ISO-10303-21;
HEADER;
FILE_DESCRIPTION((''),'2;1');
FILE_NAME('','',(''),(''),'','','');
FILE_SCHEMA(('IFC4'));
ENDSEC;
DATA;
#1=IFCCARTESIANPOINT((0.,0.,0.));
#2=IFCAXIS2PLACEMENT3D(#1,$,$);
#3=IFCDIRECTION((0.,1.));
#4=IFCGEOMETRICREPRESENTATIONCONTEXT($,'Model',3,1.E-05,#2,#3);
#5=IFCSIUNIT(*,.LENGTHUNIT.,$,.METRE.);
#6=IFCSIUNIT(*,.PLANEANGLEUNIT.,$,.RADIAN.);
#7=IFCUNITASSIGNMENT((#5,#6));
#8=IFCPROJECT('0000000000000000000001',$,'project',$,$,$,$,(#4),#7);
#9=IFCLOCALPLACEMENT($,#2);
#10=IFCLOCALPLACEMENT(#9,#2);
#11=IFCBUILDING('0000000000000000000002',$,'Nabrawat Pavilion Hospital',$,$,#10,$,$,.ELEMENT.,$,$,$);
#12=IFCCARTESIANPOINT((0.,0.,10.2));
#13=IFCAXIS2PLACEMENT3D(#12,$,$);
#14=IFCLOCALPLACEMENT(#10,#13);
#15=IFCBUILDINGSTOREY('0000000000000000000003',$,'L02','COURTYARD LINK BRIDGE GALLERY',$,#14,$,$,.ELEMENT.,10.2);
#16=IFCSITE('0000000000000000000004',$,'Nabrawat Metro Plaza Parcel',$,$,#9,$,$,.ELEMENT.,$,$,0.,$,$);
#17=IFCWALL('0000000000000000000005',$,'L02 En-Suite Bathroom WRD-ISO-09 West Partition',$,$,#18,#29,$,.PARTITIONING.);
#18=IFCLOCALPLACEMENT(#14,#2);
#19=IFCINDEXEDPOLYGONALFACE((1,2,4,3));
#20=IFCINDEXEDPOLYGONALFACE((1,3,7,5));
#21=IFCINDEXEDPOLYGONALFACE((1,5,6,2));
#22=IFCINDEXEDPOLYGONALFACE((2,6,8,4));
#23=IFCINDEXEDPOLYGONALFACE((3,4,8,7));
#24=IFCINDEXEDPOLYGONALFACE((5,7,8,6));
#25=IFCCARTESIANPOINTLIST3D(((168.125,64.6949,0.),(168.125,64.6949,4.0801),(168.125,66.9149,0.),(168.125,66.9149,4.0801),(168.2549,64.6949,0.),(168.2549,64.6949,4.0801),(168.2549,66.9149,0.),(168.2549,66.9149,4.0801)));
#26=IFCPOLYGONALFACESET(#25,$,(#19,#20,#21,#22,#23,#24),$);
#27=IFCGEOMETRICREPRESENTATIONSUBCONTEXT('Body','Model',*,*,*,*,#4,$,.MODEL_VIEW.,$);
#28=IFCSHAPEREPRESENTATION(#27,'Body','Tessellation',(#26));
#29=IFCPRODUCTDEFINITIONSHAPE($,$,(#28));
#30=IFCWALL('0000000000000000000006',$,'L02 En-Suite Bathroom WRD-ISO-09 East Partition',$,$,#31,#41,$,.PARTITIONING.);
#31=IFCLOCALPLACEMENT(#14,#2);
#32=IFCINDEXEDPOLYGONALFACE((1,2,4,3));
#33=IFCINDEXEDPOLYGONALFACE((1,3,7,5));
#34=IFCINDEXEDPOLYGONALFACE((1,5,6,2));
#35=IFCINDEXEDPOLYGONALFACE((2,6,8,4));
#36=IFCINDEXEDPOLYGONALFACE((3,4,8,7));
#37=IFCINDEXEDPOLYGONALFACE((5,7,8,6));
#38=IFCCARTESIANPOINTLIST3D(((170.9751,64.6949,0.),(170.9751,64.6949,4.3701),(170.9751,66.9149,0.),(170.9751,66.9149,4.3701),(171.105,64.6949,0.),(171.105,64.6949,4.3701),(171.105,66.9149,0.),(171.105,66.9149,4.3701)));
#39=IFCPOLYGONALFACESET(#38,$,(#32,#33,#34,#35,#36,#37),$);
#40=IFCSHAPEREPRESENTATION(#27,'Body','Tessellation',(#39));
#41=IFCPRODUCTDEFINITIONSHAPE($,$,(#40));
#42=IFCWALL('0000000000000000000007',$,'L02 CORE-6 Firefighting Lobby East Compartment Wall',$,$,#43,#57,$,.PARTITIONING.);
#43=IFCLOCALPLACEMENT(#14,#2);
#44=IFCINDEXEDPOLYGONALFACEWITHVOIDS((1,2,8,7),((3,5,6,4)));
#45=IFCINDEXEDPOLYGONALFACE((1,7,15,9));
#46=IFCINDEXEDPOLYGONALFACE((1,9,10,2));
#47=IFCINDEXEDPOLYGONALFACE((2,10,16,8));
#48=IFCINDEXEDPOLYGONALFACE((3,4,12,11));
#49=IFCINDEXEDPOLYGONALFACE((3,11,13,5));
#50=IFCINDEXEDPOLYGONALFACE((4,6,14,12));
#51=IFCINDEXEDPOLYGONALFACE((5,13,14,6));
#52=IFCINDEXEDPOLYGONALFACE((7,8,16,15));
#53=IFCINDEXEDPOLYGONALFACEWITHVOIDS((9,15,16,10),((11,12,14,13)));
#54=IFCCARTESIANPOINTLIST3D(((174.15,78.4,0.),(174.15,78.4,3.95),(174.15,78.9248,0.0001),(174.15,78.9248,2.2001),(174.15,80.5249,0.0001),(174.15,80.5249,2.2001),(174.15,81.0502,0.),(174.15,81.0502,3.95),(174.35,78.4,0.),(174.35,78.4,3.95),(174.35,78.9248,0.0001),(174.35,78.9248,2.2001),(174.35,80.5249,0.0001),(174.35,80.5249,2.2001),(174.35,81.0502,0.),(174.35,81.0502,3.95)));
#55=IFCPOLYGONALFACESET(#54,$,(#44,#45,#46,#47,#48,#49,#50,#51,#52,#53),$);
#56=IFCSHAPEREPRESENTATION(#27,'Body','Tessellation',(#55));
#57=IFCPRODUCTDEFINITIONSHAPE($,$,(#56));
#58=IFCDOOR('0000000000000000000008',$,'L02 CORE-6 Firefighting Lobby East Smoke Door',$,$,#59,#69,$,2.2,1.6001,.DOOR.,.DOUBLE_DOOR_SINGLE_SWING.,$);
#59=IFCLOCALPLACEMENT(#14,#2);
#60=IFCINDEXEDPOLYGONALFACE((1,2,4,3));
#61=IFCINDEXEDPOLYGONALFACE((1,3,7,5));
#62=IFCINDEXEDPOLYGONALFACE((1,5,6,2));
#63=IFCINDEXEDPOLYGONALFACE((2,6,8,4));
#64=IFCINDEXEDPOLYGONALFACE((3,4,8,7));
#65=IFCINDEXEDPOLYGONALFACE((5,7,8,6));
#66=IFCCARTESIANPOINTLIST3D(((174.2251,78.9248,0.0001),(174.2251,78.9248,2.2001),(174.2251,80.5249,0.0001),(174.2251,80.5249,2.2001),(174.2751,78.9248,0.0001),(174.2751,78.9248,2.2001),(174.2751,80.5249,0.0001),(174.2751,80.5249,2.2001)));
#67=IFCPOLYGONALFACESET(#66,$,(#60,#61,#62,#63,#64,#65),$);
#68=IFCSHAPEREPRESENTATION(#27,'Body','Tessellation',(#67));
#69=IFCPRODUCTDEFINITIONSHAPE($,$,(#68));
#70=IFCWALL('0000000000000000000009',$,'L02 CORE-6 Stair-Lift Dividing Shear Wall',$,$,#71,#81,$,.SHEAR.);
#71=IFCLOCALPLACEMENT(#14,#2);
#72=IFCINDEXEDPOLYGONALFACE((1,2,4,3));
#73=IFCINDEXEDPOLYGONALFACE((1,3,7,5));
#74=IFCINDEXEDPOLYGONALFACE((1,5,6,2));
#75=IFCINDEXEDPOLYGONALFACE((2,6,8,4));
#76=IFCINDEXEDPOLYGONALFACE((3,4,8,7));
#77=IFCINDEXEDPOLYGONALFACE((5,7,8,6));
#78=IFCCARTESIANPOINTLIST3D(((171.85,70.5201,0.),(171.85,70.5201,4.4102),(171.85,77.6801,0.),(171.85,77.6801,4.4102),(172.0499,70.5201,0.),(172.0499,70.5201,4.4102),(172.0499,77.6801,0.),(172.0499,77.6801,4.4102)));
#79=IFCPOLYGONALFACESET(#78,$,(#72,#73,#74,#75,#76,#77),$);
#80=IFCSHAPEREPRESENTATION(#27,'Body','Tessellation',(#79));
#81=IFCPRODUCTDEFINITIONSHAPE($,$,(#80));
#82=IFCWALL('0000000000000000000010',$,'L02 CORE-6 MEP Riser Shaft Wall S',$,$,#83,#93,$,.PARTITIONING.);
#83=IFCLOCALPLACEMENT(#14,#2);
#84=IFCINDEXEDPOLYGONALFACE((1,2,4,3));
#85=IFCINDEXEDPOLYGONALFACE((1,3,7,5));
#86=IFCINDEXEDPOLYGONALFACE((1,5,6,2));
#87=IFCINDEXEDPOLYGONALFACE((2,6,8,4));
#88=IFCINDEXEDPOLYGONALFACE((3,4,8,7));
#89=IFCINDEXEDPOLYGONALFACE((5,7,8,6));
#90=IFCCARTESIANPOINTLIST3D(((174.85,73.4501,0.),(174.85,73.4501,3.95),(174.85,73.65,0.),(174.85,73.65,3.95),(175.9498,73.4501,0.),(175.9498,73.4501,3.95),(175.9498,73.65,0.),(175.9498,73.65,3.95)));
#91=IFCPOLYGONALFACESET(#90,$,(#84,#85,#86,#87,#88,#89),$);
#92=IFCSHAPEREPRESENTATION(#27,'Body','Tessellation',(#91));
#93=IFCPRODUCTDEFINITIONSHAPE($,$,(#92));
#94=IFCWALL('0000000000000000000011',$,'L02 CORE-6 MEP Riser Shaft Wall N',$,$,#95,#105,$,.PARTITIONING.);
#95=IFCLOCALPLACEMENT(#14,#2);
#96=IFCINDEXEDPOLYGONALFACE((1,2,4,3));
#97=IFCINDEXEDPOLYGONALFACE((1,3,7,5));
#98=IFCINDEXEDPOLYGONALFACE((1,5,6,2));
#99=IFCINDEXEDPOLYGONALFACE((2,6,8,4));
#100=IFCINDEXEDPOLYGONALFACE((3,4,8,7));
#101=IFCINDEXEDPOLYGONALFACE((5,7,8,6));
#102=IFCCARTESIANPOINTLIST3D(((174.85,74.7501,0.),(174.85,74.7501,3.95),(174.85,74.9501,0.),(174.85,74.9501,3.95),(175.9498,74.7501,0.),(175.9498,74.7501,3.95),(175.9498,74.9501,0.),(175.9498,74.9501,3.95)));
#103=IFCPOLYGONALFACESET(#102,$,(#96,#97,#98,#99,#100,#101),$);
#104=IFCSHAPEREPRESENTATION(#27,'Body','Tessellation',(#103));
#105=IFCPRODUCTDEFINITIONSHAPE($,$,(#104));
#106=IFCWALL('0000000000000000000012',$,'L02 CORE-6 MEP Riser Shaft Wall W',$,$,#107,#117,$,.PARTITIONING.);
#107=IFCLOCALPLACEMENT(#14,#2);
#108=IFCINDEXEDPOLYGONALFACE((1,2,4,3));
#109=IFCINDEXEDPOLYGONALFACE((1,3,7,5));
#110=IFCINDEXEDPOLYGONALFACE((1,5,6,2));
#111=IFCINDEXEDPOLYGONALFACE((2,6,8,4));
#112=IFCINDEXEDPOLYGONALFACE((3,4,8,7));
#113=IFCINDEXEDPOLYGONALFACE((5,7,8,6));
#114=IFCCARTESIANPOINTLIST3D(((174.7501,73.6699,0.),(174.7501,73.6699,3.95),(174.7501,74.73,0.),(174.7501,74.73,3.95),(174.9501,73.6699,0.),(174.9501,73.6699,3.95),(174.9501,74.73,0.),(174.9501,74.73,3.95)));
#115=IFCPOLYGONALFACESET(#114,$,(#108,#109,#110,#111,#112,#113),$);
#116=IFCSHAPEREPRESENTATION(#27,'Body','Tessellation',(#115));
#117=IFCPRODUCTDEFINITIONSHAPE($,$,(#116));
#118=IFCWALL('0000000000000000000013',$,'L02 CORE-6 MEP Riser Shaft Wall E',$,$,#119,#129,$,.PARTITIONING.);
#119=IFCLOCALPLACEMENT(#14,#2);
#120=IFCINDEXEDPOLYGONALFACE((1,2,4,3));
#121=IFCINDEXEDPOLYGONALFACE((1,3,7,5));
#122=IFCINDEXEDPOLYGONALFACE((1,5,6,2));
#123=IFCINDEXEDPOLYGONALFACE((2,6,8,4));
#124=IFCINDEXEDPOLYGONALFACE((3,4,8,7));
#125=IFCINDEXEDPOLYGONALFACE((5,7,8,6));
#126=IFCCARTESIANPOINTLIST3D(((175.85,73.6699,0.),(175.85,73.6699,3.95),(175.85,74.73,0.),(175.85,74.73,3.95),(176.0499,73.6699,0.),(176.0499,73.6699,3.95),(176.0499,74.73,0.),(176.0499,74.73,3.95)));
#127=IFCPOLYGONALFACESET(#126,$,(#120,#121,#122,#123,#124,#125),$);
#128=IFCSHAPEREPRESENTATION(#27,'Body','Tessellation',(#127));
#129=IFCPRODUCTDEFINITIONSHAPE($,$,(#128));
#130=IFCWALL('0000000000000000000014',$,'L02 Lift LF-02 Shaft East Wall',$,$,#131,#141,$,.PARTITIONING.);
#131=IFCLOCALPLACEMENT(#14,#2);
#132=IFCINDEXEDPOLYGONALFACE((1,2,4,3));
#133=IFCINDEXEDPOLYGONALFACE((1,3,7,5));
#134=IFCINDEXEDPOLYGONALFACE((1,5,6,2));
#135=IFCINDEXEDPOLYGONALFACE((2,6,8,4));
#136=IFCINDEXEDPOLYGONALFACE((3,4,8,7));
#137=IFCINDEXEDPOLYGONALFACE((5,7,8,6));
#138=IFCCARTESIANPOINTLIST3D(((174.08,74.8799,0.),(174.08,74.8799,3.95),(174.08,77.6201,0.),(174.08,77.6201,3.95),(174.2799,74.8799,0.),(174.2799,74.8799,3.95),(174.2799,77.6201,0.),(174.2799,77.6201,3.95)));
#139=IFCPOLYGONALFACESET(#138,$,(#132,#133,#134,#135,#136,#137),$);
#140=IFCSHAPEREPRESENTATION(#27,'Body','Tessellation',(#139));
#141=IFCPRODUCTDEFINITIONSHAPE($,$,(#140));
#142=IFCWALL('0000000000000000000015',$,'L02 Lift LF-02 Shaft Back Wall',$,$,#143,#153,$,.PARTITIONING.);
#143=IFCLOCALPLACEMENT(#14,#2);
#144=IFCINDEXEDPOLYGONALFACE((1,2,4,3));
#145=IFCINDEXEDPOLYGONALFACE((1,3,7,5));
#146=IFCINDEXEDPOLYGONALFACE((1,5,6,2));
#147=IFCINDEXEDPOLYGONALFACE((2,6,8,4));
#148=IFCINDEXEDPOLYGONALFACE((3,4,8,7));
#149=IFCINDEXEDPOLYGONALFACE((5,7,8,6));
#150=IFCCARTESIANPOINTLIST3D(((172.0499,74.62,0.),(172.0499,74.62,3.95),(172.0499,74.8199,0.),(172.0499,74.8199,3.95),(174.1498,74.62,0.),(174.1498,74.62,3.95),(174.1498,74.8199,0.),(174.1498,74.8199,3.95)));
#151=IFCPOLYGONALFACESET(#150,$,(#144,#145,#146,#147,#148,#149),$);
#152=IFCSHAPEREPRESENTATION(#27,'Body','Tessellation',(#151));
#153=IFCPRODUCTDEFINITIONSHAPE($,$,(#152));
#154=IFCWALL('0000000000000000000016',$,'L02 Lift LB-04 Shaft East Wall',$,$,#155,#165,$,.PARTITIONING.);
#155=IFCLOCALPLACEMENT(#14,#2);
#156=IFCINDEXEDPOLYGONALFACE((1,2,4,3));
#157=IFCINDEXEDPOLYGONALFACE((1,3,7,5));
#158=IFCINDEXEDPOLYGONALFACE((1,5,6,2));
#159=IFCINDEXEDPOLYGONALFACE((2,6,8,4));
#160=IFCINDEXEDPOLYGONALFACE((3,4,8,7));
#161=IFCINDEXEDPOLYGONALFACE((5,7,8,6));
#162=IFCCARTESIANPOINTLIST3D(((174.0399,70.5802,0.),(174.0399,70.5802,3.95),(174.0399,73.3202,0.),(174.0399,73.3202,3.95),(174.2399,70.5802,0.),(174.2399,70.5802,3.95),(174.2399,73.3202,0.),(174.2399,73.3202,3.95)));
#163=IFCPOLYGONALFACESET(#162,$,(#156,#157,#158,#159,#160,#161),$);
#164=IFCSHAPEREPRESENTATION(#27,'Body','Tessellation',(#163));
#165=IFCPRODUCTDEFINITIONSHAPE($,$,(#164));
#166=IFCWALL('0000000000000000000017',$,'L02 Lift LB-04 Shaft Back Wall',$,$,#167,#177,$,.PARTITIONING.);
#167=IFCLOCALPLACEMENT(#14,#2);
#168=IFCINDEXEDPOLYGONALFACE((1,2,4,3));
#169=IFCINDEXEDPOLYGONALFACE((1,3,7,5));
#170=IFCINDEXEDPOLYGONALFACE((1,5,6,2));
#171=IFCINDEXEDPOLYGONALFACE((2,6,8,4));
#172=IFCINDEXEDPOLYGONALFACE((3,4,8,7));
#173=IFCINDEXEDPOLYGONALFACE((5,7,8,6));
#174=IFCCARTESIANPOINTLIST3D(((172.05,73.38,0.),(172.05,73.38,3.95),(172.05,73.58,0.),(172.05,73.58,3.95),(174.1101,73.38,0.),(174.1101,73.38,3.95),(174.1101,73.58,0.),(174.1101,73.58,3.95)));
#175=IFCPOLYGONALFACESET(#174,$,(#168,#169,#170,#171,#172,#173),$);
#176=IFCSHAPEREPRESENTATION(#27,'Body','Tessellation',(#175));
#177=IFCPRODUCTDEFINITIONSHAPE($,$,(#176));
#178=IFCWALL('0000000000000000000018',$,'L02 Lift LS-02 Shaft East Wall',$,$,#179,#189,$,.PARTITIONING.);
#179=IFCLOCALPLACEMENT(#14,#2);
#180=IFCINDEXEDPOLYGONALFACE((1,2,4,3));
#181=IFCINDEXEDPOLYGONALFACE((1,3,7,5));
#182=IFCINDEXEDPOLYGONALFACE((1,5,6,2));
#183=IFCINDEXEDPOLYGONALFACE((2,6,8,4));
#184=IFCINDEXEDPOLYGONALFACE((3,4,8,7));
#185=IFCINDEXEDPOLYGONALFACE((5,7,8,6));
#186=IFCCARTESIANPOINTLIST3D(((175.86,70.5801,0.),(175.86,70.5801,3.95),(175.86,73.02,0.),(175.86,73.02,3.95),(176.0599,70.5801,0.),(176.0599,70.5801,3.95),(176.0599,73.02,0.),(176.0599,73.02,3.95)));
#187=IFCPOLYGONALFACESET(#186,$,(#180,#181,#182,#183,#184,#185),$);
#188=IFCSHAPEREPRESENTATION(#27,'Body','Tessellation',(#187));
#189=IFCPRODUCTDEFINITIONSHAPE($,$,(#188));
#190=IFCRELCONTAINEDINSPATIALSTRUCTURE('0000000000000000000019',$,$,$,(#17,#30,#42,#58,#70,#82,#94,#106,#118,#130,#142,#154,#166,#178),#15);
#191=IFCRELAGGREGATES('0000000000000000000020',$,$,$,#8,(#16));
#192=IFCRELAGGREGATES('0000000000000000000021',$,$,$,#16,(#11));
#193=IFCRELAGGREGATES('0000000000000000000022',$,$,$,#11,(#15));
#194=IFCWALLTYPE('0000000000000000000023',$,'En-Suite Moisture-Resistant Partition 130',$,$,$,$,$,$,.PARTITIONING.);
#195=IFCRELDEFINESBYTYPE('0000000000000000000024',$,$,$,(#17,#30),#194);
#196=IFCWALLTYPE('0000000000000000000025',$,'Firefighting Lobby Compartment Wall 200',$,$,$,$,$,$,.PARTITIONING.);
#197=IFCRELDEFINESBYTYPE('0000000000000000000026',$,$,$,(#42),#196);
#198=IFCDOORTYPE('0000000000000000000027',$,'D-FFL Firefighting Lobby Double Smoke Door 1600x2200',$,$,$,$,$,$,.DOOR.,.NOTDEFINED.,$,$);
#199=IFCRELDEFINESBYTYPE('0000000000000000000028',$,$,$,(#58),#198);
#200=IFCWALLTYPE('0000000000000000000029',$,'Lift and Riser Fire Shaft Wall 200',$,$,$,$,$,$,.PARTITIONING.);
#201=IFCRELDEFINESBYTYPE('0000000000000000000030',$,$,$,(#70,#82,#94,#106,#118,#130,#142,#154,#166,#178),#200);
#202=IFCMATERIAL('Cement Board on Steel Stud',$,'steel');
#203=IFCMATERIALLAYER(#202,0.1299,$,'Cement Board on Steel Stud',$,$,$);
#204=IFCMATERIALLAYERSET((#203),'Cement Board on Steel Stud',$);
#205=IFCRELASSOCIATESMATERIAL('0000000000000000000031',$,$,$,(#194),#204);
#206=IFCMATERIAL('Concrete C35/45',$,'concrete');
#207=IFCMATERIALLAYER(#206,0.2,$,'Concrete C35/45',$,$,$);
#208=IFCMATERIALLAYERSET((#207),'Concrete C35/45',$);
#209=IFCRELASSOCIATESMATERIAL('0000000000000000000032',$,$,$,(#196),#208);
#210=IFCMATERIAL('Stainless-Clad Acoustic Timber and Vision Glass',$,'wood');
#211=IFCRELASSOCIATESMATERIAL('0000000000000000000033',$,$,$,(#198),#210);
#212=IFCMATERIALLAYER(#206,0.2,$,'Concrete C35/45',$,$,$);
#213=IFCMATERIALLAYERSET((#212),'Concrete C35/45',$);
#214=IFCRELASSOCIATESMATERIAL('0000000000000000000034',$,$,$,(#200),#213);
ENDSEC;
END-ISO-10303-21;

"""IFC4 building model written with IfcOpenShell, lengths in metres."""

from ifc_helpers import new_model, si_unit, direction, frame, frame_2d, origin, place, context, subcontext, project, spatial, rectangle, extrude, material, layer, layer_set, type_object, element, fill, save


model = new_model("IFC4")

# Units and contexts
model_context = context("Model", 3, precision=1e-05, world=origin(), true_north=direction((0.0, 1.0)))
body_context = subcontext(model_context, "Body", "Model", "MODEL_VIEW")
ifc_project = project(units=[si_unit("LENGTHUNIT", "METRE"), si_unit("PLANEANGLEUNIT", "RADIAN")], contexts=[model_context])

# Site, building, storey
site_placement = place(None, origin())
site = spatial("IfcSite", under=ifc_project, at=site_placement, Name="Nabrawat Metro Plaza Parcel", CompositionType="ELEMENT", RefElevation=0.0)
building_placement = place(site_placement, origin())
building = spatial("IfcBuilding", under=site, at=building_placement, Name="Nabrawat Pavilion Hospital", CompositionType="ELEMENT")
storey_placement = place(building_placement, frame((0.0, 0.0, 10.2)))
storey = spatial("IfcBuildingStorey", under=building, at=storey_placement, Name="L02", Description="COURTYARD LINK BRIDGE GALLERY", CompositionType="ELEMENT", Elevation=10.2)

# Shared definitions
ifc_material_1 = material(Name="Cement Board on Steel Stud", Category="steel")
ifc_layer_1 = layer(ifc_material_1, 0.1299, Name="Cement Board on Steel Stud")
ifc_layer_set_1 = layer_set([ifc_layer_1], Name="Cement Board on Steel Stud")
wall_type_1 = type_object("IfcWallType", Name="En-Suite Moisture-Resistant Partition 130", PredefinedType="PARTITIONING", material=ifc_layer_set_1)
ifc_material_2 = material(Name="Stainless-Clad Acoustic Timber and Vision Glass", Category="wood")

# Walls
wall_1_placement = place(storey_placement, frame((168.1899, 64.6951, 0.0), z_axis=(0.0, 0.0, 1.0), x_axis=(0.0, 1.0, 0.0)))
element("IfcWall", 1, at=wall_1_placement, inside=storey, type_object=wall_type_1, Name="L02 En-Suite Bathroom WRD-ISO-09 West Partition", PredefinedType="PARTITIONING", context=body_context, shape_type="SweptSolid", body=[
    extrude(rectangle(XDim=2.22, YDim=0.1299, at=frame_2d((1.1099, 0.0))), origin(), (0.0, 0.0, 1.0), 4.0801),
])
wall_2_placement = place(storey_placement, frame((171.04, 64.6951, 0.0), z_axis=(0.0, 0.0, 1.0), x_axis=(0.0, 1.0, 0.0)))
element("IfcWall", 2, at=wall_2_placement, inside=storey, type_object=wall_type_1, Name="L02 En-Suite Bathroom WRD-ISO-09 East Partition", PredefinedType="PARTITIONING", context=body_context, shape_type="SweptSolid", body=[
    extrude(rectangle(XDim=2.22, YDim=0.1299, at=frame_2d((1.1099, 0.0))), origin(), (0.0, 0.0, 1.0), 4.3701),
])

# Wall, opening, door
ifc_material_3 = material(Name="Concrete C35/45", Category="concrete")
ifc_layer_2 = layer(ifc_material_3, 0.2, Name="Concrete C35/45")
ifc_layer_set_2 = layer_set([ifc_layer_2], Name="Concrete C35/45")
wall_type_2 = type_object("IfcWallType", Name="Firefighting Lobby Compartment Wall 200", PredefinedType="PARTITIONING", material=ifc_layer_set_2)
wall_3_placement = place(storey_placement, frame((174.25, 78.3999, 0.0), z_axis=(0.0, 0.0, 1.0), x_axis=(0.0, 1.0, 0.0)))
wall_3 = element("IfcWall", 3, at=wall_3_placement, inside=storey, type_object=wall_type_2, Name="L02 CORE-6 Firefighting Lobby East Compartment Wall", PredefinedType="PARTITIONING", context=body_context, shape_type="SweptSolid", body=[
    extrude(rectangle(XDim=2.6501, YDim=0.2, at=frame_2d((1.3252, 0.0))), origin(), (0.0, 0.0, 1.0), 3.95),
])
opening_1_placement = place(wall_3_placement, frame((0.5249, 0.0, 0.0)))
opening_1 = element("IfcOpeningElement", 4, at=opening_1_placement, cuts=wall_3, PredefinedType="OPENING", context=body_context, shape_type="SweptSolid", body=[
    extrude(rectangle(XDim=1.6001, YDim=2.2, at=frame_2d((0.8, 1.1001))), frame((0.0, 0.1099, 0.0), z_axis=(0.0, -1.0, 0.0), x_axis=(1.0, 0.0, 0.0)), (0.0, 0.0, 1.0), 0.22),
])
door_type_1 = type_object("IfcDoorType", Name="D-FFL Firefighting Lobby Double Smoke Door 1600x2200", OperationType="NOTDEFINED", PredefinedType="DOOR", material=ifc_material_2)
door_1_placement = place(opening_1_placement, origin())
door_1 = element("IfcDoor", 5, at=door_1_placement, inside=storey, type_object=door_type_1, Name="L02 CORE-6 Firefighting Lobby East Smoke Door", OperationType="DOUBLE_DOOR_SINGLE_SWING", OverallHeight=2.2, OverallWidth=1.6001, PredefinedType="DOOR", context=body_context, shape_type="SweptSolid", body=[
    extrude(rectangle(XDim=1.6001, YDim=2.2, at=frame_2d((0.8, 1.1001))), frame((0.0, 0.0249, 0.0), z_axis=(0.0, -1.0, 0.0), x_axis=(1.0, 0.0, 0.0)), (0.0, 0.0, 1.0), 0.05),
])
fill(opening_1, door_1)

# Walls
ifc_layer_3 = layer(ifc_material_3, 0.2, Name="Concrete C35/45")
ifc_layer_set_3 = layer_set([ifc_layer_3], Name="Concrete C35/45")
wall_type_3 = type_object("IfcWallType", Name="Lift and Riser Fire Shaft Wall 200", PredefinedType="PARTITIONING", material=ifc_layer_set_3)
wall_4_placement = place(storey_placement, frame((171.95, 70.52, 0.0), z_axis=(0.0, 0.0, 1.0), x_axis=(0.0, 1.0, 0.0)))
element("IfcWall", 6, at=wall_4_placement, inside=storey, type_object=wall_type_3, Name="L02 CORE-6 Stair-Lift Dividing Shear Wall", PredefinedType="SHEAR", context=body_context, shape_type="SweptSolid", body=[
    extrude(rectangle(XDim=7.1599, YDim=0.2, at=frame_2d((3.5801, 0.0))), origin(), (0.0, 0.0, 1.0), 4.4102),
])
for number, where, z_axis, x_axis, name in (
    (7, (174.8501, 73.55, 0.0), (0.0, 0.0, 1.0), (1.0, 0.0, 0.0), "L02 CORE-6 MEP Riser Shaft Wall S"),
    (8, (174.8501, 74.8501, 0.0), (0.0, 0.0, 1.0), (1.0, 0.0, 0.0), "L02 CORE-6 MEP Riser Shaft Wall N"),
):
    element("IfcWall", number, at=place(storey_placement, frame(where, z_axis=z_axis, x_axis=x_axis)), inside=storey, type_object=wall_type_3, Name=name, PredefinedType="PARTITIONING", context=body_context, shape_type="SweptSolid", body=[
        extrude(rectangle(XDim=1.0999, YDim=0.2, at=frame_2d((0.5498, 0.0))), origin(), (0.0, 0.0, 1.0), 3.95),
    ])
for number, where, z_axis, x_axis, name in (
    (9, (174.8501, 73.6699, 0.0), (0.0, 0.0, 1.0), (0.0, 1.0, 0.0), "L02 CORE-6 MEP Riser Shaft Wall W"),
    (10, (175.95, 73.6699, 0.0), (0.0, 0.0, 1.0), (0.0, 1.0, 0.0), "L02 CORE-6 MEP Riser Shaft Wall E"),
):
    element("IfcWall", number, at=place(storey_placement, frame(where, z_axis=z_axis, x_axis=x_axis)), inside=storey, type_object=wall_type_3, Name=name, PredefinedType="PARTITIONING", context=body_context, shape_type="SweptSolid", body=[
        extrude(rectangle(XDim=1.0601, YDim=0.2, at=frame_2d((0.53, 0.0))), origin(), (0.0, 0.0, 1.0), 3.95),
    ])
wall_5_placement = place(storey_placement, frame((174.1799, 74.8799, 0.0), z_axis=(0.0, 0.0, 1.0), x_axis=(0.0, 1.0, 0.0)))
element("IfcWall", 11, at=wall_5_placement, inside=storey, type_object=wall_type_3, Name="L02 Lift LF-02 Shaft East Wall", PredefinedType="PARTITIONING", context=body_context, shape_type="SweptSolid", body=[
    extrude(rectangle(XDim=2.7402, YDim=0.2, at=frame_2d((1.3701, 0.0))), origin(), (0.0, 0.0, 1.0), 3.95),
])
wall_6_placement = place(storey_placement, frame((172.05, 74.72, 0.0), z_axis=(0.0, 0.0, 1.0), x_axis=(1.0, 0.0, 0.0)))
element("IfcWall", 12, at=wall_6_placement, inside=storey, type_object=wall_type_3, Name="L02 Lift LF-02 Shaft Back Wall", PredefinedType="PARTITIONING", context=body_context, shape_type="SweptSolid", body=[
    extrude(rectangle(XDim=2.0999, YDim=0.2, at=frame_2d((1.0498, 0.0))), origin(), (0.0, 0.0, 1.0), 3.95),
])
wall_7_placement = place(storey_placement, frame((174.1399, 70.5801, 0.0), z_axis=(0.0, 0.0, 1.0), x_axis=(0.0, 1.0, 0.0)))
element("IfcWall", 13, at=wall_7_placement, inside=storey, type_object=wall_type_3, Name="L02 Lift LB-04 Shaft East Wall", PredefinedType="PARTITIONING", context=body_context, shape_type="SweptSolid", body=[
    extrude(rectangle(XDim=2.74, YDim=0.2, at=frame_2d((1.3701, 0.0))), origin(), (0.0, 0.0, 1.0), 3.95),
])
wall_8_placement = place(storey_placement, frame((172.05, 73.48, 0.0), z_axis=(0.0, 0.0, 1.0), x_axis=(1.0, 0.0, 0.0)))
element("IfcWall", 14, at=wall_8_placement, inside=storey, type_object=wall_type_3, Name="L02 Lift LB-04 Shaft Back Wall", PredefinedType="PARTITIONING", context=body_context, shape_type="SweptSolid", body=[
    extrude(rectangle(XDim=2.0601, YDim=0.2, at=frame_2d((1.03, 0.0))), origin(), (0.0, 0.0, 1.0), 3.95),
])
wall_9_placement = place(storey_placement, frame((175.96, 70.5801, 0.0), z_axis=(0.0, 0.0, 1.0), x_axis=(0.0, 1.0, 0.0)))
element("IfcWall", 15, at=wall_9_placement, inside=storey, type_object=wall_type_3, Name="L02 Lift LS-02 Shaft East Wall", PredefinedType="PARTITIONING", context=body_context, shape_type="SweptSolid", body=[
    extrude(rectangle(XDim=2.4399, YDim=0.2, at=frame_2d((1.22, 0.0))), origin(), (0.0, 0.0, 1.0), 3.95),
])

save(model, "model.ifc")
